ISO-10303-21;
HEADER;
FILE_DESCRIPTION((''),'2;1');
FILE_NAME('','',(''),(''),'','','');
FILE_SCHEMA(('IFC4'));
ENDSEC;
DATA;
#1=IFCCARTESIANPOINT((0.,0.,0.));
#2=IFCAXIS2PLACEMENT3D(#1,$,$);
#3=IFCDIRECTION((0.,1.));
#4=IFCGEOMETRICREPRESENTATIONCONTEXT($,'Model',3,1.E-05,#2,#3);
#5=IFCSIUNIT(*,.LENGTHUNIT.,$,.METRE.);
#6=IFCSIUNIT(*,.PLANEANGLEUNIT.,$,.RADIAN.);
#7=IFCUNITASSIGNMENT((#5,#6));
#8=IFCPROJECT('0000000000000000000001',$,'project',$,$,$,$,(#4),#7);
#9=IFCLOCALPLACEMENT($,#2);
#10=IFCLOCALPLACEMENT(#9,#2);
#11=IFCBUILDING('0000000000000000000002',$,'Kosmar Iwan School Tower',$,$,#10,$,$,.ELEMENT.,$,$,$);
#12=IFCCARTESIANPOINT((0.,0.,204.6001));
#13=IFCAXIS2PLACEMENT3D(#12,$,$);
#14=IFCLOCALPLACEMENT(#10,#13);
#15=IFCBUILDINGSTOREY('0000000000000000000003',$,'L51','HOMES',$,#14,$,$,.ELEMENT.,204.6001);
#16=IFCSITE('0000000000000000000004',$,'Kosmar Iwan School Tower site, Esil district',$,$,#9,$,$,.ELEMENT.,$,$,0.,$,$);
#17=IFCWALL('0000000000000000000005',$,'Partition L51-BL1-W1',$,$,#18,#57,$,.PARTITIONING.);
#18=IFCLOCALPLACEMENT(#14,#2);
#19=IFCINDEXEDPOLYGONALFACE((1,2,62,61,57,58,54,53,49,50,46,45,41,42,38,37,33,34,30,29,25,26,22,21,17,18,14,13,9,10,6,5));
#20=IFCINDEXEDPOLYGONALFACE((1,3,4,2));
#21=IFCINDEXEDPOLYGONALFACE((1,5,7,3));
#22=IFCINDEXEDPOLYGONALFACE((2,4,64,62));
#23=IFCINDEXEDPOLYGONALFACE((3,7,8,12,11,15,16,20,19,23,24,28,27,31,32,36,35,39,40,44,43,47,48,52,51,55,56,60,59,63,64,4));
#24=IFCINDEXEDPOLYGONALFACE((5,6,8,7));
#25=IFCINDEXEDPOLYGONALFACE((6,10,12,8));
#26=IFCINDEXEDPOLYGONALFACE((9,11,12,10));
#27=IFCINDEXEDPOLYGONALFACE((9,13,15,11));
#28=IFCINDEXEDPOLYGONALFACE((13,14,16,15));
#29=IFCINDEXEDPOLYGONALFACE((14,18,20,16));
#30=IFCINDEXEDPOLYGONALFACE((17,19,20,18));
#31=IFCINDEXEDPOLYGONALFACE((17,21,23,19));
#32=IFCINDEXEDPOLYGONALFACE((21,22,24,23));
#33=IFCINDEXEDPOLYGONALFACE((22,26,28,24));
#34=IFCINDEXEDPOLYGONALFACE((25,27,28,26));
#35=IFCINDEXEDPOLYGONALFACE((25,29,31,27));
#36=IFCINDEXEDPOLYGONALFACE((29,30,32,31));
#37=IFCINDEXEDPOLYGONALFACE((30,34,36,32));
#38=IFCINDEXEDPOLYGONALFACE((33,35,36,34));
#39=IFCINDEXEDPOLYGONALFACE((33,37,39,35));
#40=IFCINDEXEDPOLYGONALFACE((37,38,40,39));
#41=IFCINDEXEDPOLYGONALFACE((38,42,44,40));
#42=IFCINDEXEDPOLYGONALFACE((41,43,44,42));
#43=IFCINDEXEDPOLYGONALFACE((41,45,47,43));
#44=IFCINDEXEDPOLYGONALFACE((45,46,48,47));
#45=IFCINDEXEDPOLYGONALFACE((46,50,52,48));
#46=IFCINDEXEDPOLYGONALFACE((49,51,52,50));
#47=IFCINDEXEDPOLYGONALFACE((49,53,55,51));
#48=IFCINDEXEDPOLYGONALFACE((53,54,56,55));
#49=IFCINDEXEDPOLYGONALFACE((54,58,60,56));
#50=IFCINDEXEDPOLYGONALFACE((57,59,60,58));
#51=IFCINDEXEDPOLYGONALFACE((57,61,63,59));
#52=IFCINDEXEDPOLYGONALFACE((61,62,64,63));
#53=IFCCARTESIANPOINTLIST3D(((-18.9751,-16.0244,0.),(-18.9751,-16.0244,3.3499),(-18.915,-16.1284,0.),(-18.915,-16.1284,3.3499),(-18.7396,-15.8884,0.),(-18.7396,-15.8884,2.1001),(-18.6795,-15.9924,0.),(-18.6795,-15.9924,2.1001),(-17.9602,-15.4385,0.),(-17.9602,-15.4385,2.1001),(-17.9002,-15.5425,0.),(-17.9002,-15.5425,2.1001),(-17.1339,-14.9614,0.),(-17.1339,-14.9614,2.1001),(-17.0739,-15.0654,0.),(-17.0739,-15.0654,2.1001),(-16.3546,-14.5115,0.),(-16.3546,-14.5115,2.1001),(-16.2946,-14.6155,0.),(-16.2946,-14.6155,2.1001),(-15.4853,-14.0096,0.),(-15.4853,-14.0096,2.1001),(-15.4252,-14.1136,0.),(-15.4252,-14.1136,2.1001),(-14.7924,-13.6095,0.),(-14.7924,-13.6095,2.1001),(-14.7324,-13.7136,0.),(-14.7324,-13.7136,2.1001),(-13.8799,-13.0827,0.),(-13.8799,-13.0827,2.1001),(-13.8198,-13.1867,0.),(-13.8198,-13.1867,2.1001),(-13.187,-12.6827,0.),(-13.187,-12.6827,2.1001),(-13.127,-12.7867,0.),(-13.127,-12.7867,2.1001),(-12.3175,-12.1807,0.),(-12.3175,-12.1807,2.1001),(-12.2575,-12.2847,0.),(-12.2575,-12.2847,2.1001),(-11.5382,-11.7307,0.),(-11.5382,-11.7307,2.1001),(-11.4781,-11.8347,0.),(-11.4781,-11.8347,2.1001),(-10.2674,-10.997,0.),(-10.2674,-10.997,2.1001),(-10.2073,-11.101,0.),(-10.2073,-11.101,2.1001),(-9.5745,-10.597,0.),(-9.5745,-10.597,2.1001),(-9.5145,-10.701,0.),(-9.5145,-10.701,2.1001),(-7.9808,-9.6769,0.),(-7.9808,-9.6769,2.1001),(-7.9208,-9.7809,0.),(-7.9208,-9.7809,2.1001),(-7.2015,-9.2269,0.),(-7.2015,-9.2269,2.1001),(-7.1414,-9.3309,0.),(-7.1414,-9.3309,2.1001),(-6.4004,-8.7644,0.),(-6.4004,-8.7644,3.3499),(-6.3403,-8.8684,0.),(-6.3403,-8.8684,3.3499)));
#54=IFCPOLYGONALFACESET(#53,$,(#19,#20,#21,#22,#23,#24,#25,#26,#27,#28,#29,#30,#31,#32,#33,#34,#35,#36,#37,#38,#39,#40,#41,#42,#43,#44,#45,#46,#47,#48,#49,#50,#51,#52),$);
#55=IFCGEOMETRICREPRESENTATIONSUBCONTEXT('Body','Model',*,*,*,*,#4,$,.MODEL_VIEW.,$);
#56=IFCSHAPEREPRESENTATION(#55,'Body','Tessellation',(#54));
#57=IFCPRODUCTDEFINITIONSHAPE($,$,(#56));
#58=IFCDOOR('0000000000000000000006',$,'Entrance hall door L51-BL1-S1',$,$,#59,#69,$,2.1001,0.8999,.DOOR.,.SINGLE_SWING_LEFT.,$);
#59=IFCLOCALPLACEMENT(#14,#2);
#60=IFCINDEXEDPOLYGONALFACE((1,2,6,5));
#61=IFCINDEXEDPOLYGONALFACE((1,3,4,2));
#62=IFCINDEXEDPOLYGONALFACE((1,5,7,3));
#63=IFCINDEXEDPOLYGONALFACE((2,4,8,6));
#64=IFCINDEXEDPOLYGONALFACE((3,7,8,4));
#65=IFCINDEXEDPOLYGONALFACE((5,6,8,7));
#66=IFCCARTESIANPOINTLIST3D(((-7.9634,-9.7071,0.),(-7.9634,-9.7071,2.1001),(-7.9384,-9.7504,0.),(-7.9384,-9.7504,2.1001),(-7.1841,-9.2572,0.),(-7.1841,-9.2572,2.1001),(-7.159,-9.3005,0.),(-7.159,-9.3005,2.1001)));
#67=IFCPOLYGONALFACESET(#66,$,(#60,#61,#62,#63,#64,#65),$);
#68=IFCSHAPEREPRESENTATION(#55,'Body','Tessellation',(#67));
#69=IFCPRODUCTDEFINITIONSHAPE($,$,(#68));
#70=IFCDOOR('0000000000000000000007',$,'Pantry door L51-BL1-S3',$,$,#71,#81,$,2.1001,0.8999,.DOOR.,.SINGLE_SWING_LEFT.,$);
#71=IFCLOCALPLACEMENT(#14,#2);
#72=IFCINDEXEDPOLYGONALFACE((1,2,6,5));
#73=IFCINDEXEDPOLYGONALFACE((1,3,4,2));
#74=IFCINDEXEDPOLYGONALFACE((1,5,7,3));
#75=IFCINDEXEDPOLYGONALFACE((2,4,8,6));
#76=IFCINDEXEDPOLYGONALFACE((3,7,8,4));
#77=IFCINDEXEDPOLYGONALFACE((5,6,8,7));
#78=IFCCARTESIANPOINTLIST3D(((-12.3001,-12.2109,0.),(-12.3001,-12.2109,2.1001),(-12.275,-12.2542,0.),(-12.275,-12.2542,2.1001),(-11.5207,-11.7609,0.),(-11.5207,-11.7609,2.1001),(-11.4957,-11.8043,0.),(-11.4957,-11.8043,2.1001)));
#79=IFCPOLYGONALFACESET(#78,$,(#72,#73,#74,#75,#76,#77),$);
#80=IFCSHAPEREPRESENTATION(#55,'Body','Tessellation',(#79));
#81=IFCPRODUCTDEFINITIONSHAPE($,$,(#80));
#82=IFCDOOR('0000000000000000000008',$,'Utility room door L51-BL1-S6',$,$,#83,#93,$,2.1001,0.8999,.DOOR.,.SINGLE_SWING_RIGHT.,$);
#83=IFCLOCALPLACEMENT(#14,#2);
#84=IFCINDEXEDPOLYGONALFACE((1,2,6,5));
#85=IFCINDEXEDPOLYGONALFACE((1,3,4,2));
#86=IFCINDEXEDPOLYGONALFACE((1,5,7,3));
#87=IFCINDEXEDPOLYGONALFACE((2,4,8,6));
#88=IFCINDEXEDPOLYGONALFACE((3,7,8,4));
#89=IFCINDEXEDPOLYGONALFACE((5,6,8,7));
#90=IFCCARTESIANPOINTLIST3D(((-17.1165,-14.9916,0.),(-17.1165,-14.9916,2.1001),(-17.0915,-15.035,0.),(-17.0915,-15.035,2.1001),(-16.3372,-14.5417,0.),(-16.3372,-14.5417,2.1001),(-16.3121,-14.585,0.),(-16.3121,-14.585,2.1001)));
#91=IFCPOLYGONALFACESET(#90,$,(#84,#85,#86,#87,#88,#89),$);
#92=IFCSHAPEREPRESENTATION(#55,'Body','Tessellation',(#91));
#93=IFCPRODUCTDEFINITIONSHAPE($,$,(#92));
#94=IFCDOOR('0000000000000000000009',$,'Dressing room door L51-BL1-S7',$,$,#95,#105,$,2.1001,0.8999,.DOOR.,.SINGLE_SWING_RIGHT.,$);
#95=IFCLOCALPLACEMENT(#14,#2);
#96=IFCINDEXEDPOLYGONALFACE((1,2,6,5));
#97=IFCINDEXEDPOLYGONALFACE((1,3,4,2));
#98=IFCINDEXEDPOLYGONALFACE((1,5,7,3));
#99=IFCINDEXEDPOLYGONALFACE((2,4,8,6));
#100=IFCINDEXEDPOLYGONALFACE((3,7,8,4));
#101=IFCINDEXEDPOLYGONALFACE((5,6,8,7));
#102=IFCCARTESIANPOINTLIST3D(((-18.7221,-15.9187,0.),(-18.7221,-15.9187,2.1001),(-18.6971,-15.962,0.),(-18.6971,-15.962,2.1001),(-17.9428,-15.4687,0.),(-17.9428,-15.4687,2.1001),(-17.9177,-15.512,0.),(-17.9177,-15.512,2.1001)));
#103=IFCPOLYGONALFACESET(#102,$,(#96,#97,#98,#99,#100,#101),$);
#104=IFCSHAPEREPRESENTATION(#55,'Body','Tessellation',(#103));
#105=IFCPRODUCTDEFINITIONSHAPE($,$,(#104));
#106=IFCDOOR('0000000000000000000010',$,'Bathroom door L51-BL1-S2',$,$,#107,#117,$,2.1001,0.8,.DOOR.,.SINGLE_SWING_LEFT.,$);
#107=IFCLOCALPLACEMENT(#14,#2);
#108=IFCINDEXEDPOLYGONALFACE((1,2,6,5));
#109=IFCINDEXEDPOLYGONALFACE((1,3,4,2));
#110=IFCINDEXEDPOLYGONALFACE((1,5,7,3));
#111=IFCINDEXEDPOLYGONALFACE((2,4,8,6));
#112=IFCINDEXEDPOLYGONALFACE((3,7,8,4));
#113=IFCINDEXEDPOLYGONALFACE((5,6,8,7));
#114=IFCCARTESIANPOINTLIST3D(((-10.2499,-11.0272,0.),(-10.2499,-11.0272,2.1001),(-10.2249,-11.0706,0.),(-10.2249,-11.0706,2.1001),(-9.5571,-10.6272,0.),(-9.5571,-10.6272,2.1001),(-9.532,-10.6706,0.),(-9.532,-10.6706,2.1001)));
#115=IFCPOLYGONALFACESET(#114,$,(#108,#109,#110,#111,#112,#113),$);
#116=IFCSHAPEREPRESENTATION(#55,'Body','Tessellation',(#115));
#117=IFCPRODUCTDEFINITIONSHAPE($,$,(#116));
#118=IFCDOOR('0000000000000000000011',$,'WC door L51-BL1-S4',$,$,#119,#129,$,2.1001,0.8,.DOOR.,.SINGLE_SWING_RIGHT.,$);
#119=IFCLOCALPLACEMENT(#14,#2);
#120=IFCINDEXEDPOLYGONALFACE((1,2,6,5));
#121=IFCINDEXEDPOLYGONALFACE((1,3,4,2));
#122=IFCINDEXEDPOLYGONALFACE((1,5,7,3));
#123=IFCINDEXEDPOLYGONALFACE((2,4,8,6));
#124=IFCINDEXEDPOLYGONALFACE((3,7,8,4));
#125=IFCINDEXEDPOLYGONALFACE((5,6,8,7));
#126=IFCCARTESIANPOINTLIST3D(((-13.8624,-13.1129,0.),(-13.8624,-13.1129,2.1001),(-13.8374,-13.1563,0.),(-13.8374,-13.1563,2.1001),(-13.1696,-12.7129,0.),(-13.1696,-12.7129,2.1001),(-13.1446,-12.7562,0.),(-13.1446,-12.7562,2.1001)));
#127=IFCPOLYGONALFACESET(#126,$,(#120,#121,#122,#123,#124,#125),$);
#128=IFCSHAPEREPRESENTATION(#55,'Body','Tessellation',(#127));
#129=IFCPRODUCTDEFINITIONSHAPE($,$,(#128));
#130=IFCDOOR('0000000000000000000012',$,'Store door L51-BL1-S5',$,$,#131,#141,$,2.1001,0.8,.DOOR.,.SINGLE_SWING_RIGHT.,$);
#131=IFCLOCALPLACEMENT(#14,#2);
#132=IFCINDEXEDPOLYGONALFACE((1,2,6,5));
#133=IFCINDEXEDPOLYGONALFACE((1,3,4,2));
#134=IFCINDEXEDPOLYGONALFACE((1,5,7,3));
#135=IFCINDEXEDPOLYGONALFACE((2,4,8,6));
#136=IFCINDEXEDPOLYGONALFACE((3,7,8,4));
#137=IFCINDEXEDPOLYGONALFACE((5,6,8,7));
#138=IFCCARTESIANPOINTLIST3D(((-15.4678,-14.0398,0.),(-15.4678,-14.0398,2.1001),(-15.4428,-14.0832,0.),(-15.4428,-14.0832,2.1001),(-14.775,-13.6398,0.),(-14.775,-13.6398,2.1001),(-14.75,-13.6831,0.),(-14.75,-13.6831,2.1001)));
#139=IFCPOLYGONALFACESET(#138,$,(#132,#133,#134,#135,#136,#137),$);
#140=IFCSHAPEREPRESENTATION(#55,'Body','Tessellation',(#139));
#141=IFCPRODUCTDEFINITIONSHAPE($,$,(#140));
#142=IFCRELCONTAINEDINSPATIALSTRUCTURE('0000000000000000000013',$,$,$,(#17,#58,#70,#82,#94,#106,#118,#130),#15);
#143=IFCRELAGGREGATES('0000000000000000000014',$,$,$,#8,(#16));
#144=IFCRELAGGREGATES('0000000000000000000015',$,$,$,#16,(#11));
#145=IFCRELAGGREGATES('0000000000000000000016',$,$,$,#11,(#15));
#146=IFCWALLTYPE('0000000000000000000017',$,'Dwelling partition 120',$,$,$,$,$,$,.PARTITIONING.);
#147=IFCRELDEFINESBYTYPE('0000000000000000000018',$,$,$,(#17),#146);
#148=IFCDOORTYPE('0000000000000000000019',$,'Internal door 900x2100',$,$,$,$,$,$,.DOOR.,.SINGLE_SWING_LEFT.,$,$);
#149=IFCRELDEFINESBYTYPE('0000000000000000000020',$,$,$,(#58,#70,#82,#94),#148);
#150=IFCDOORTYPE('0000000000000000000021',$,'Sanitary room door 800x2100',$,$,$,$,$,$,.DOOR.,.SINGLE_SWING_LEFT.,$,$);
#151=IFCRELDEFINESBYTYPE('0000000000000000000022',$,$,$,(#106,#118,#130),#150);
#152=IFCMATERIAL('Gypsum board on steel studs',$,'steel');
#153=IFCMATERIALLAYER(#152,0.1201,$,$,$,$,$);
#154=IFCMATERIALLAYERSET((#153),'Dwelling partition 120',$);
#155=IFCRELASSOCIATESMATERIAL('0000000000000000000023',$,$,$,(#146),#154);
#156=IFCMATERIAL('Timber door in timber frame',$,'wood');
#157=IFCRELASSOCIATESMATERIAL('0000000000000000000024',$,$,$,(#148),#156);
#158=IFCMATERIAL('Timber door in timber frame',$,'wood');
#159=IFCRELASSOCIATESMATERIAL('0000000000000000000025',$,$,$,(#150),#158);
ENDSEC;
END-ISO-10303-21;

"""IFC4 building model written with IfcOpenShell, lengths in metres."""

from ifc_helpers import new_model, si_unit, direction, frame, frame_2d, origin, place, context, subcontext, project, spatial, rectangle, extrude, material, layer, layer_set, type_object, element, fill, save


model = new_model("IFC4")

# Units and contexts
model_context = context("Model", 3, precision=1e-05, world=origin(), true_north=direction((0.0, 1.0)))
body_context = subcontext(model_context, "Body", "Model", "MODEL_VIEW")
ifc_project = project(units=[si_unit("LENGTHUNIT", "METRE"), si_unit("PLANEANGLEUNIT", "RADIAN")], contexts=[model_context])

# Site, building, storey
site_placement = place(None, origin())
site = spatial("IfcSite", under=ifc_project, at=site_placement, Name="Kosmar Iwan School Tower site, Esil district", CompositionType="ELEMENT", RefElevation=0.0)
building_placement = place(site_placement, origin())
building = spatial("IfcBuilding", under=site, at=building_placement, Name="Kosmar Iwan School Tower", CompositionType="ELEMENT")
storey_placement = place(building_placement, frame((0.0, 0.0, 204.6001)))
storey = spatial("IfcBuildingStorey", under=building, at=storey_placement, Name="L51", Description="HOMES", CompositionType="ELEMENT", Elevation=204.6001)

# Wall, openings, doors
ifc_material_1 = material(Name="Gypsum board on steel studs", Category="steel")
ifc_layer_1 = layer(ifc_material_1, 0.1201)
ifc_layer_set_1 = layer_set([ifc_layer_1], Name="Dwelling partition 120")
wall_type_1 = type_object("IfcWallType", Name="Dwelling partition 120", PredefinedType="PARTITIONING", material=ifc_layer_set_1)
wall_1_placement = place(storey_placement, frame((-6.3704, -8.8164, 0.0), z_axis=(0.0, 0.0, 1.0), x_axis=(-0.866025, -0.5, 0.0)))
wall_1 = element("IfcWall", 1, at=wall_1_placement, inside=storey, type_object=wall_type_1, Name="Partition L51-BL1-W1", PredefinedType="PARTITIONING", context=body_context, shape_type="SweptSolid", body=[
    extrude(rectangle(XDim=14.52, YDim=0.1201, at=frame_2d((7.26, 0.0))), origin(), (0.0, 0.0, 1.0), 3.3499),
])
opening_1_placement = place(wall_1_placement, frame((0.925, 0.0, 0.0)))
opening_1 = element("IfcOpeningElement", 2, at=opening_1_placement, cuts=wall_1, PredefinedType="OPENING", context=body_context, shape_type="SweptSolid", body=[
    extrude(rectangle(XDim=0.8999, YDim=2.1001, at=frame_2d((0.45, 1.05))), frame((0.0, 0.072, 0.0), z_axis=(0.0, -1.0, 0.0), x_axis=(1.0, 0.0, 0.0)), (0.0, 0.0, 1.0), 0.144),
])
opening_2_placement = place(wall_1_placement, frame((3.6653, 0.0, 0.0)))
opening_2 = element("IfcOpeningElement", 3, at=opening_2_placement, cuts=wall_1, PredefinedType="OPENING", context=body_context, shape_type="SweptSolid", body=[
    extrude(rectangle(XDim=0.8, YDim=2.1001, at=frame_2d((0.3999, 1.05))), frame((0.0, 0.072, 0.0), z_axis=(0.0, -1.0, 0.0), x_axis=(1.0, 0.0, 0.0)), (0.0, 0.0, 1.0), 0.144),
])
opening_3_placement = place(wall_1_placement, frame((5.9326, 0.0, 0.0)))
opening_3 = element("IfcOpeningElement", 4, at=opening_3_placement, cuts=wall_1, PredefinedType="OPENING", context=body_context, shape_type="SweptSolid", body=[
    extrude(rectangle(XDim=0.8999, YDim=2.1001, at=frame_2d((0.45, 1.05))), frame((0.0, 0.072, 0.0), z_axis=(0.0, -1.0, 0.0), x_axis=(1.0, 0.0, 0.0)), (0.0, 0.0, 1.0), 0.144),
])
opening_4_placement = place(wall_1_placement, frame((7.8367, 0.0, 0.0)))
opening_4 = element("IfcOpeningElement", 5, at=opening_4_placement, cuts=wall_1, PredefinedType="OPENING", context=body_context, shape_type="SweptSolid", body=[
    extrude(rectangle(XDim=0.8, YDim=2.1001, at=frame_2d((0.3999, 1.05))), frame((0.0, 0.072, 0.0), z_axis=(0.0, -1.0, 0.0), x_axis=(1.0, 0.0, 0.0)), (0.0, 0.0, 1.0), 0.144),
])
opening_5_placement = place(wall_1_placement, frame((9.6904, 0.0, 0.0)))
opening_5 = element("IfcOpeningElement", 6, at=opening_5_placement, cuts=wall_1, PredefinedType="OPENING", context=body_context, shape_type="SweptSolid", body=[
    extrude(rectangle(XDim=0.8, YDim=2.1001, at=frame_2d((0.3999, 1.05))), frame((0.0, 0.072, 0.0), z_axis=(0.0, -1.0, 0.0), x_axis=(1.0, 0.0, 0.0)), (0.0, 0.0, 1.0), 0.144),
])
opening_6_placement = place(wall_1_placement, frame((11.4941, 0.0, 0.0)))
opening_6 = element("IfcOpeningElement", 7, at=opening_6_placement, cuts=wall_1, PredefinedType="OPENING", context=body_context, shape_type="SweptSolid", body=[
    extrude(rectangle(XDim=0.8999, YDim=2.1001, at=frame_2d((0.45, 1.05))), frame((0.0, 0.072, 0.0), z_axis=(0.0, -1.0, 0.0), x_axis=(1.0, 0.0, 0.0)), (0.0, 0.0, 1.0), 0.144),
])
opening_7_placement = place(wall_1_placement, frame((13.3481, 0.0, 0.0)))
opening_7 = element("IfcOpeningElement", 8, at=opening_7_placement, cuts=wall_1, PredefinedType="OPENING", context=body_context, shape_type="SweptSolid", body=[
    extrude(rectangle(XDim=0.8999, YDim=2.1001, at=frame_2d((0.45, 1.05))), frame((0.0, 0.072, 0.0), z_axis=(0.0, -1.0, 0.0), x_axis=(1.0, 0.0, 0.0)), (0.0, 0.0, 1.0), 0.144),
])
ifc_material_2 = material(Name="Timber door in timber frame", Category="wood")
door_type_1 = type_object("IfcDoorType", Name="Internal door 900x2100", OperationType="SINGLE_SWING_LEFT", PredefinedType="DOOR", material=ifc_material_2)
door_1_placement = place(opening_1_placement, origin())
door_1 = element("IfcDoor", 9, at=door_1_placement, inside=storey, type_object=door_type_1, Name="Entrance hall door L51-BL1-S1", OperationType="SINGLE_SWING_LEFT", OverallHeight=2.1001, OverallWidth=0.8999, PredefinedType="DOOR", context=body_context, shape_type="SweptSolid", body=[
    extrude(rectangle(XDim=0.8999, YDim=2.1001, at=frame_2d((0.45, 1.05))), frame((0.0, 0.0249, 0.0), z_axis=(0.0, -1.0, 0.0), x_axis=(1.0, 0.0, 0.0)), (0.0, 0.0, 1.0), 0.05),
])
fill(opening_1, door_1)
door_2_placement = place(opening_3_placement, origin())
door_2 = element("IfcDoor", 10, at=door_2_placement, inside=storey, type_object=door_type_1, Name="Pantry door L51-BL1-S3", OperationType="SINGLE_SWING_LEFT", OverallHeight=2.1001, OverallWidth=0.8999, PredefinedType="DOOR", context=body_context, shape_type="SweptSolid", body=[
    extrude(rectangle(XDim=0.8999, YDim=2.1001, at=frame_2d((0.45, 1.05))), frame((0.0, 0.0249, 0.0), z_axis=(0.0, -1.0, 0.0), x_axis=(1.0, 0.0, 0.0)), (0.0, 0.0, 1.0), 0.05),
])
fill(opening_3, door_2)
door_3_placement = place(opening_6_placement, origin())
door_3 = element("IfcDoor", 11, at=door_3_placement, inside=storey, type_object=door_type_1, Name="Utility room door L51-BL1-S6", OperationType="SINGLE_SWING_RIGHT", OverallHeight=2.1001, OverallWidth=0.8999, PredefinedType="DOOR", context=body_context, shape_type="SweptSolid", body=[
    extrude(rectangle(XDim=0.8999, YDim=2.1001, at=frame_2d((0.45, 1.05))), frame((0.0, 0.0249, 0.0), z_axis=(0.0, -1.0, 0.0), x_axis=(1.0, 0.0, 0.0)), (0.0, 0.0, 1.0), 0.05),
])
fill(opening_6, door_3)
door_4_placement = place(opening_7_placement, origin())
door_4 = element("IfcDoor", 12, at=door_4_placement, inside=storey, type_object=door_type_1, Name="Dressing room door L51-BL1-S7", OperationType="SINGLE_SWING_RIGHT", OverallHeight=2.1001, OverallWidth=0.8999, PredefinedType="DOOR", context=body_context, shape_type="SweptSolid", body=[
    extrude(rectangle(XDim=0.8999, YDim=2.1001, at=frame_2d((0.45, 1.05))), frame((0.0, 0.0249, 0.0), z_axis=(0.0, -1.0, 0.0), x_axis=(1.0, 0.0, 0.0)), (0.0, 0.0, 1.0), 0.05),
])
fill(opening_7, door_4)
ifc_material_3 = material(Name="Timber door in timber frame", Category="wood")
door_type_2 = type_object("IfcDoorType", Name="Sanitary room door 800x2100", OperationType="SINGLE_SWING_LEFT", PredefinedType="DOOR", material=ifc_material_3)
door_5_placement = place(opening_2_placement, origin())
door_5 = element("IfcDoor", 13, at=door_5_placement, inside=storey, type_object=door_type_2, Name="Bathroom door L51-BL1-S2", OperationType="SINGLE_SWING_LEFT", OverallHeight=2.1001, OverallWidth=0.8, PredefinedType="DOOR", context=body_context, shape_type="SweptSolid", body=[
    extrude(rectangle(XDim=0.8, YDim=2.1001, at=frame_2d((0.3999, 1.05))), frame((0.0, 0.0249, 0.0), z_axis=(0.0, -1.0, 0.0), x_axis=(1.0, 0.0, 0.0)), (0.0, 0.0, 1.0), 0.05),
])
fill(opening_2, door_5)
door_6_placement = place(opening_4_placement, origin())
door_6 = element("IfcDoor", 14, at=door_6_placement, inside=storey, type_object=door_type_2, Name="WC door L51-BL1-S4", OperationType="SINGLE_SWING_RIGHT", OverallHeight=2.1001, OverallWidth=0.8, PredefinedType="DOOR", context=body_context, shape_type="SweptSolid", body=[
    extrude(rectangle(XDim=0.8, YDim=2.1001, at=frame_2d((0.3999, 1.05))), frame((0.0, 0.0249, 0.0), z_axis=(0.0, -1.0, 0.0), x_axis=(1.0, 0.0, 0.0)), (0.0, 0.0, 1.0), 0.05),
])
fill(opening_4, door_6)
door_7_placement = place(opening_5_placement, origin())
door_7 = element("IfcDoor", 15, at=door_7_placement, inside=storey, type_object=door_type_2, Name="Store door L51-BL1-S5", OperationType="SINGLE_SWING_RIGHT", OverallHeight=2.1001, OverallWidth=0.8, PredefinedType="DOOR", context=body_context, shape_type="SweptSolid", body=[
    extrude(rectangle(XDim=0.8, YDim=2.1001, at=frame_2d((0.3999, 1.05))), frame((0.0, 0.0249, 0.0), z_axis=(0.0, -1.0, 0.0), x_axis=(1.0, 0.0, 0.0)), (0.0, 0.0, 1.0), 0.05),
])
fill(opening_5, door_7)

save(model, "model.ifc")
